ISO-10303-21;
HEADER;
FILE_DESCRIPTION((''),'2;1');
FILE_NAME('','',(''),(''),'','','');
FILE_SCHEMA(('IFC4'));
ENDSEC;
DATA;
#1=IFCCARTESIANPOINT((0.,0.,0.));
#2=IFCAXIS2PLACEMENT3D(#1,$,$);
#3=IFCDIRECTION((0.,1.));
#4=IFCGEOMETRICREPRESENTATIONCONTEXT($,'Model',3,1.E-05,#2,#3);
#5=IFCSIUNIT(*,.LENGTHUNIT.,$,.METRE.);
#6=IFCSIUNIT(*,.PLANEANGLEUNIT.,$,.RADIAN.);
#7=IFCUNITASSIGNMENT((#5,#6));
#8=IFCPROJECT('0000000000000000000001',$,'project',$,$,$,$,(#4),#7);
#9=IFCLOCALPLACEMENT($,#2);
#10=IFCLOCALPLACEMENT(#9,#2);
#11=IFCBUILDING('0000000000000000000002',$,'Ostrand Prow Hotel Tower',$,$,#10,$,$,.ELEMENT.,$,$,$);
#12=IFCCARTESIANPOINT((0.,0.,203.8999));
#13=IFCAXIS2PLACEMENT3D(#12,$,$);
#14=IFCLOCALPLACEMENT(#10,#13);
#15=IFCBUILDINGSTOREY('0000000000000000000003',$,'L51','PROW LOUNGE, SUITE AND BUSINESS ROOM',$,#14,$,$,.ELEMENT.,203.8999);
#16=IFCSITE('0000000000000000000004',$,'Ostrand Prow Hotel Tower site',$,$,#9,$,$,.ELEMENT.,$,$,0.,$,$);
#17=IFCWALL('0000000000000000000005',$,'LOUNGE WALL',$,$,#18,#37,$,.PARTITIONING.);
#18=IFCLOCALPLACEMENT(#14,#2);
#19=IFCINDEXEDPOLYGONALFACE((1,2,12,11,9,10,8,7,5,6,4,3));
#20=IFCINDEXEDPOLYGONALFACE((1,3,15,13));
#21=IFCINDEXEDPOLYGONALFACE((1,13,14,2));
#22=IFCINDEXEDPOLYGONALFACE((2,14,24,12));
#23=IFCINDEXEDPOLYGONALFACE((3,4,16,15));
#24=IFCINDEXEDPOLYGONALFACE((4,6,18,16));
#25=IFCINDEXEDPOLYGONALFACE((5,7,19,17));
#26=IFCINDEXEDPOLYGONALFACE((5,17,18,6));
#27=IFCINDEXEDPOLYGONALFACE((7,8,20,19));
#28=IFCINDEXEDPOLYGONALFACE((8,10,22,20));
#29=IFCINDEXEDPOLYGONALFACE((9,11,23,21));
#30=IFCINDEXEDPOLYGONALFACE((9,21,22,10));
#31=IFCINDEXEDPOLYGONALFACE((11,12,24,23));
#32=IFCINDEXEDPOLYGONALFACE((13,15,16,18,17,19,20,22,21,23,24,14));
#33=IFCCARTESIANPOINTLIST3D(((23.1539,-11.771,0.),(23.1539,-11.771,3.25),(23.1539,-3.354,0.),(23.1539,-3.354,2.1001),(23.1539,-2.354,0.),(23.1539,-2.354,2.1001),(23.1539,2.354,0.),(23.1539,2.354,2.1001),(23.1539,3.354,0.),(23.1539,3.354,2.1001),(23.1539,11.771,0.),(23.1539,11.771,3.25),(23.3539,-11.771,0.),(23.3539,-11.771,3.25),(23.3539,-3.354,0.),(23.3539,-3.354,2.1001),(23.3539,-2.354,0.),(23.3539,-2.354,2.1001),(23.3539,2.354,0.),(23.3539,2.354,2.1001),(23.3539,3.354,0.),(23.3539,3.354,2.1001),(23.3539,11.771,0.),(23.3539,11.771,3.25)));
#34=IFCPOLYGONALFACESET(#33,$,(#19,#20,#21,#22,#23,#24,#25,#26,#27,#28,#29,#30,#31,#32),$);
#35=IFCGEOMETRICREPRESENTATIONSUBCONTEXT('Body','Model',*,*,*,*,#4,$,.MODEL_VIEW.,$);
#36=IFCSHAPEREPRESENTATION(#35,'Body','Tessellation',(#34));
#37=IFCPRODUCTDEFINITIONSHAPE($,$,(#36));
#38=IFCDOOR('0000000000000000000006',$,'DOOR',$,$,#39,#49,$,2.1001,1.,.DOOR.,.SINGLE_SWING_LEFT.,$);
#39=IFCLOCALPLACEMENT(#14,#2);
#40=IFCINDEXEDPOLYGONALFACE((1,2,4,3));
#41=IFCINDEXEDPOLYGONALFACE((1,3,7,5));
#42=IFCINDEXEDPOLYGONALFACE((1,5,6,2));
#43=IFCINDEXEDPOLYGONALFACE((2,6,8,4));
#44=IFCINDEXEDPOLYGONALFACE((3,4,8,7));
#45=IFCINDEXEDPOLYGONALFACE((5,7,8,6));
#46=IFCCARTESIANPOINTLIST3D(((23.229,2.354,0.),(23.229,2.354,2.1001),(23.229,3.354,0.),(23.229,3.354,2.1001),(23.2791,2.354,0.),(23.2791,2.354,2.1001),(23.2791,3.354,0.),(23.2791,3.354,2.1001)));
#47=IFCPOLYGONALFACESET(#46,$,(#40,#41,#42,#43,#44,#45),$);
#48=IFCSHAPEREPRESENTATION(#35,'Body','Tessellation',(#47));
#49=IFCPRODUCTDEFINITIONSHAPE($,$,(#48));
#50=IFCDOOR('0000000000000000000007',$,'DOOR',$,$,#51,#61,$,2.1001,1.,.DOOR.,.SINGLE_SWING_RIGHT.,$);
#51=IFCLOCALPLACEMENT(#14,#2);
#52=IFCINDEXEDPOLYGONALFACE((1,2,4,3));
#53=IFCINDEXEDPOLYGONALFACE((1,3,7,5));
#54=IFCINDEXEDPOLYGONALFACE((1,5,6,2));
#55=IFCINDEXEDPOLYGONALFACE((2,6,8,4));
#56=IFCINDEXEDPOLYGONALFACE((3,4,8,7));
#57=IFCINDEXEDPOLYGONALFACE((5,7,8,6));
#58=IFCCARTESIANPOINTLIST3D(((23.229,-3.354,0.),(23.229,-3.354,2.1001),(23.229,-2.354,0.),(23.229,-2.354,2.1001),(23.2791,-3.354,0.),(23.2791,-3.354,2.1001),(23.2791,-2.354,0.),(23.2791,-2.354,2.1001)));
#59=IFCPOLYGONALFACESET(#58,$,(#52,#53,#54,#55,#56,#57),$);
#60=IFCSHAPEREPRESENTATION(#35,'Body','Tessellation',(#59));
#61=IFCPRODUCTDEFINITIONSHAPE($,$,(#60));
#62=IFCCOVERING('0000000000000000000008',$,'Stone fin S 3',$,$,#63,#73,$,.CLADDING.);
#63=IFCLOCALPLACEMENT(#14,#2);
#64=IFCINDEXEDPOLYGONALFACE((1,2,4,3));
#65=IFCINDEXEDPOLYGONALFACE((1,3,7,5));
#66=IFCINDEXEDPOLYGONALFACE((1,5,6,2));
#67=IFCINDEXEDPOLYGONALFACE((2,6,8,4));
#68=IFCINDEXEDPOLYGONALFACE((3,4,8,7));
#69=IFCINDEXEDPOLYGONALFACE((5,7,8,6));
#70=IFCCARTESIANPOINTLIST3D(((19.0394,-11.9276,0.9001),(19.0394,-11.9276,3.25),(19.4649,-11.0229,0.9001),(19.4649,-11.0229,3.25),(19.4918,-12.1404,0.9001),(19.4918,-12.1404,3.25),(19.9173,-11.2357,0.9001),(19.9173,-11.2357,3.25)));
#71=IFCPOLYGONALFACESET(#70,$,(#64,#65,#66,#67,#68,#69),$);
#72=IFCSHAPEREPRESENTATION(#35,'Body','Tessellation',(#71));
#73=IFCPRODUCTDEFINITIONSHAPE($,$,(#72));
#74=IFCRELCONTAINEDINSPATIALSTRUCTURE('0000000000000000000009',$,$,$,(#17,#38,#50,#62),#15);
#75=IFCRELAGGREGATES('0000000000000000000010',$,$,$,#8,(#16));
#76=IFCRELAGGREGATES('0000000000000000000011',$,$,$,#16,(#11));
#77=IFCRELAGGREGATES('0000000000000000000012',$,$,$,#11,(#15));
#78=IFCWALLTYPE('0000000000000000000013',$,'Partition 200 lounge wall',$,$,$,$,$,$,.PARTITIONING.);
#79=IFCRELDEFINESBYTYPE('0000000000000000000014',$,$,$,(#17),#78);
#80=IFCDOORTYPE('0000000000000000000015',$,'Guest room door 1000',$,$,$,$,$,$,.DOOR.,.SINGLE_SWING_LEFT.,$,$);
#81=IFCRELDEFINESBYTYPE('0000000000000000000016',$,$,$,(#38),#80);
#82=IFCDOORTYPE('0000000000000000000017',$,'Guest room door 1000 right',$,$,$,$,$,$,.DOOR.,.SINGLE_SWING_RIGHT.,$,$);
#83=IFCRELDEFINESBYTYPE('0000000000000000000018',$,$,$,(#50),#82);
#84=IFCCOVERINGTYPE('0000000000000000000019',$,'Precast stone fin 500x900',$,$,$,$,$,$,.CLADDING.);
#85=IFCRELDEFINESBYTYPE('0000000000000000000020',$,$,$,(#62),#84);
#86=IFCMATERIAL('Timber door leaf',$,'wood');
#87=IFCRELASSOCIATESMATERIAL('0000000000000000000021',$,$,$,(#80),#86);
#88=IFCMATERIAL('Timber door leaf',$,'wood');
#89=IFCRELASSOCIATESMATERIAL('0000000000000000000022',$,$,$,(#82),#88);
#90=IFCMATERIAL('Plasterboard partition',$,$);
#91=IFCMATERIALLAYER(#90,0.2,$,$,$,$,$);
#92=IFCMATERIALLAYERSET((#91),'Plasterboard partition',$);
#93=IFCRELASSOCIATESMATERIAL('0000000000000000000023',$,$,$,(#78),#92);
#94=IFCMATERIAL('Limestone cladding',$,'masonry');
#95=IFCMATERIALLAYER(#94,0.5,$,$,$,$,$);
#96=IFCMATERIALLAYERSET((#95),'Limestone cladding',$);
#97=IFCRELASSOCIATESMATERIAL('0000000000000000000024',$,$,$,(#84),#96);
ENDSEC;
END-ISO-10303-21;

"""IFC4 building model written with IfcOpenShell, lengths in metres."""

from ifc_helpers import new_model, si_unit, direction, frame, frame_2d, origin, place, context, subcontext, project, spatial, rectangle, extrude, material, layer, layer_set, type_object, element, fill, save


model = new_model("IFC4")

# Units and contexts
model_context = context("Model", 3, precision=1e-05, world=origin(), true_north=direction((0.0, 1.0)))
body_context = subcontext(model_context, "Body", "Model", "MODEL_VIEW")
ifc_project = project(units=[si_unit("LENGTHUNIT", "METRE"), si_unit("PLANEANGLEUNIT", "RADIAN")], contexts=[model_context])

# Site, building, storey
site_placement = place(None, origin())
site = spatial("IfcSite", under=ifc_project, at=site_placement, Name="Ostrand Prow Hotel Tower site", CompositionType="ELEMENT", RefElevation=0.0)
building_placement = place(site_placement, origin())
building = spatial("IfcBuilding", under=site, at=building_placement, Name="Ostrand Prow Hotel Tower", CompositionType="ELEMENT")
storey_placement = place(building_placement, frame((0.0, 0.0, 203.8999)))
storey = spatial("IfcBuildingStorey", under=building, at=storey_placement, Name="L51", Description="PROW LOUNGE, SUITE AND BUSINESS ROOM", CompositionType="ELEMENT", Elevation=203.8999)

# Shared definitions
ifc_material_1 = material(Name="Timber door leaf", Category="wood")
door_type_1 = type_object("IfcDoorType", Name="Guest room door 1000", OperationType="SINGLE_SWING_LEFT", PredefinedType="DOOR", material=ifc_material_1)
ifc_material_2 = material(Name="Timber door leaf", Category="wood")
door_type_2 = type_object("IfcDoorType", Name="Guest room door 1000 right", OperationType="SINGLE_SWING_RIGHT", PredefinedType="DOOR", material=ifc_material_2)

# Wall, openings, doors
ifc_material_3 = material(Name="Plasterboard partition")
ifc_layer_1 = layer(ifc_material_3, 0.2)
ifc_layer_set_1 = layer_set([ifc_layer_1], Name="Plasterboard partition")
wall_type_1 = type_object("IfcWallType", Name="Partition 200 lounge wall", PredefinedType="PARTITIONING", material=ifc_layer_set_1)
wall_1_placement = place(storey_placement, frame((23.2539, -11.771, 0.0), z_axis=(0.0, 0.0, 1.0), x_axis=(0.0, 1.0, 0.0)))
wall_1 = element("IfcWall", 1, at=wall_1_placement, inside=storey, type_object=wall_type_1, Name="LOUNGE WALL", PredefinedType="PARTITIONING", context=body_context, shape_type="SweptSolid", body=[
    extrude(rectangle(XDim=23.542, YDim=0.2, at=frame_2d((11.771, 0.0))), origin(), (0.0, 0.0, 1.0), 3.25),
])
opening_1_placement = place(wall_1_placement, frame((14.125, 0.0, 0.0)))
opening_1 = element("IfcOpeningElement", 2, at=opening_1_placement, cuts=wall_1, PredefinedType="OPENING", context=body_context, shape_type="SweptSolid", body=[
    extrude(rectangle(XDim=1.0, YDim=2.1001, at=frame_2d((0.5, 1.05))), frame((0.0, 0.1099, 0.0), z_axis=(0.0, -1.0, 0.0), x_axis=(1.0, 0.0, 0.0)), (0.0, 0.0, 1.0), 0.22),
])
opening_2_placement = place(wall_1_placement, frame((8.417, 0.0, 0.0)))
opening_2 = element("IfcOpeningElement", 3, at=opening_2_placement, cuts=wall_1, PredefinedType="OPENING", context=body_context, shape_type="SweptSolid", body=[
    extrude(rectangle(XDim=1.0, YDim=2.1001, at=frame_2d((0.5, 1.05))), frame((0.0, 0.1099, 0.0), z_axis=(0.0, -1.0, 0.0), x_axis=(1.0, 0.0, 0.0)), (0.0, 0.0, 1.0), 0.22),
])
door_1_placement = place(opening_1_placement, origin())
door_1 = element("IfcDoor", 4, at=door_1_placement, inside=storey, type_object=door_type_1, Name="DOOR", OperationType="SINGLE_SWING_LEFT", OverallHeight=2.1001, OverallWidth=1.0, PredefinedType="DOOR", context=body_context, shape_type="SweptSolid", body=[
    extrude(rectangle(XDim=1.0, YDim=2.1001, at=frame_2d((0.5, 1.05))), frame((0.0, 0.0249, 0.0), z_axis=(0.0, -1.0, 0.0), x_axis=(1.0, 0.0, 0.0)), (0.0, 0.0, 1.0), 0.05),
])
fill(opening_1, door_1)
door_2_placement = place(opening_2_placement, origin())
door_2 = element("IfcDoor", 5, at=door_2_placement, inside=storey, type_object=door_type_2, Name="DOOR", OperationType="SINGLE_SWING_RIGHT", OverallHeight=2.1001, OverallWidth=1.0, PredefinedType="DOOR", context=body_context, shape_type="SweptSolid", body=[
    extrude(rectangle(XDim=1.0, YDim=2.1001, at=frame_2d((0.5, 1.05))), frame((0.0, 0.0249, 0.0), z_axis=(0.0, -1.0, 0.0), x_axis=(1.0, 0.0, 0.0)), (0.0, 0.0, 1.0), 0.05),
])
fill(opening_2, door_2)

# Covering
ifc_material_4 = material(Name="Limestone cladding", Category="masonry")
ifc_layer_2 = layer(ifc_material_4, 0.5)
ifc_layer_set_2 = layer_set([ifc_layer_2], Name="Limestone cladding")
covering_type = type_object("IfcCoveringType", Name="Precast stone fin 500x900", PredefinedType="CLADDING", material=ifc_layer_set_2)
covering_placement = place(storey_placement, frame((19.6912, -11.1292, 0.9001), z_axis=(0.0, 0.0, 1.0), x_axis=(-0.425597, -0.904913, 0.0)))
element("IfcCovering", 6, at=covering_placement, inside=storey, type_object=covering_type, Name="Stone fin S 3", PredefinedType="CLADDING", context=body_context, shape_type="SweptSolid", body=[
    extrude(rectangle(XDim=0.9998, YDim=0.5, at=frame_2d((0.5, 0.0))), origin(), (0.0, 0.0, 1.0), 2.3499),
])

save(model, "model.ifc")
